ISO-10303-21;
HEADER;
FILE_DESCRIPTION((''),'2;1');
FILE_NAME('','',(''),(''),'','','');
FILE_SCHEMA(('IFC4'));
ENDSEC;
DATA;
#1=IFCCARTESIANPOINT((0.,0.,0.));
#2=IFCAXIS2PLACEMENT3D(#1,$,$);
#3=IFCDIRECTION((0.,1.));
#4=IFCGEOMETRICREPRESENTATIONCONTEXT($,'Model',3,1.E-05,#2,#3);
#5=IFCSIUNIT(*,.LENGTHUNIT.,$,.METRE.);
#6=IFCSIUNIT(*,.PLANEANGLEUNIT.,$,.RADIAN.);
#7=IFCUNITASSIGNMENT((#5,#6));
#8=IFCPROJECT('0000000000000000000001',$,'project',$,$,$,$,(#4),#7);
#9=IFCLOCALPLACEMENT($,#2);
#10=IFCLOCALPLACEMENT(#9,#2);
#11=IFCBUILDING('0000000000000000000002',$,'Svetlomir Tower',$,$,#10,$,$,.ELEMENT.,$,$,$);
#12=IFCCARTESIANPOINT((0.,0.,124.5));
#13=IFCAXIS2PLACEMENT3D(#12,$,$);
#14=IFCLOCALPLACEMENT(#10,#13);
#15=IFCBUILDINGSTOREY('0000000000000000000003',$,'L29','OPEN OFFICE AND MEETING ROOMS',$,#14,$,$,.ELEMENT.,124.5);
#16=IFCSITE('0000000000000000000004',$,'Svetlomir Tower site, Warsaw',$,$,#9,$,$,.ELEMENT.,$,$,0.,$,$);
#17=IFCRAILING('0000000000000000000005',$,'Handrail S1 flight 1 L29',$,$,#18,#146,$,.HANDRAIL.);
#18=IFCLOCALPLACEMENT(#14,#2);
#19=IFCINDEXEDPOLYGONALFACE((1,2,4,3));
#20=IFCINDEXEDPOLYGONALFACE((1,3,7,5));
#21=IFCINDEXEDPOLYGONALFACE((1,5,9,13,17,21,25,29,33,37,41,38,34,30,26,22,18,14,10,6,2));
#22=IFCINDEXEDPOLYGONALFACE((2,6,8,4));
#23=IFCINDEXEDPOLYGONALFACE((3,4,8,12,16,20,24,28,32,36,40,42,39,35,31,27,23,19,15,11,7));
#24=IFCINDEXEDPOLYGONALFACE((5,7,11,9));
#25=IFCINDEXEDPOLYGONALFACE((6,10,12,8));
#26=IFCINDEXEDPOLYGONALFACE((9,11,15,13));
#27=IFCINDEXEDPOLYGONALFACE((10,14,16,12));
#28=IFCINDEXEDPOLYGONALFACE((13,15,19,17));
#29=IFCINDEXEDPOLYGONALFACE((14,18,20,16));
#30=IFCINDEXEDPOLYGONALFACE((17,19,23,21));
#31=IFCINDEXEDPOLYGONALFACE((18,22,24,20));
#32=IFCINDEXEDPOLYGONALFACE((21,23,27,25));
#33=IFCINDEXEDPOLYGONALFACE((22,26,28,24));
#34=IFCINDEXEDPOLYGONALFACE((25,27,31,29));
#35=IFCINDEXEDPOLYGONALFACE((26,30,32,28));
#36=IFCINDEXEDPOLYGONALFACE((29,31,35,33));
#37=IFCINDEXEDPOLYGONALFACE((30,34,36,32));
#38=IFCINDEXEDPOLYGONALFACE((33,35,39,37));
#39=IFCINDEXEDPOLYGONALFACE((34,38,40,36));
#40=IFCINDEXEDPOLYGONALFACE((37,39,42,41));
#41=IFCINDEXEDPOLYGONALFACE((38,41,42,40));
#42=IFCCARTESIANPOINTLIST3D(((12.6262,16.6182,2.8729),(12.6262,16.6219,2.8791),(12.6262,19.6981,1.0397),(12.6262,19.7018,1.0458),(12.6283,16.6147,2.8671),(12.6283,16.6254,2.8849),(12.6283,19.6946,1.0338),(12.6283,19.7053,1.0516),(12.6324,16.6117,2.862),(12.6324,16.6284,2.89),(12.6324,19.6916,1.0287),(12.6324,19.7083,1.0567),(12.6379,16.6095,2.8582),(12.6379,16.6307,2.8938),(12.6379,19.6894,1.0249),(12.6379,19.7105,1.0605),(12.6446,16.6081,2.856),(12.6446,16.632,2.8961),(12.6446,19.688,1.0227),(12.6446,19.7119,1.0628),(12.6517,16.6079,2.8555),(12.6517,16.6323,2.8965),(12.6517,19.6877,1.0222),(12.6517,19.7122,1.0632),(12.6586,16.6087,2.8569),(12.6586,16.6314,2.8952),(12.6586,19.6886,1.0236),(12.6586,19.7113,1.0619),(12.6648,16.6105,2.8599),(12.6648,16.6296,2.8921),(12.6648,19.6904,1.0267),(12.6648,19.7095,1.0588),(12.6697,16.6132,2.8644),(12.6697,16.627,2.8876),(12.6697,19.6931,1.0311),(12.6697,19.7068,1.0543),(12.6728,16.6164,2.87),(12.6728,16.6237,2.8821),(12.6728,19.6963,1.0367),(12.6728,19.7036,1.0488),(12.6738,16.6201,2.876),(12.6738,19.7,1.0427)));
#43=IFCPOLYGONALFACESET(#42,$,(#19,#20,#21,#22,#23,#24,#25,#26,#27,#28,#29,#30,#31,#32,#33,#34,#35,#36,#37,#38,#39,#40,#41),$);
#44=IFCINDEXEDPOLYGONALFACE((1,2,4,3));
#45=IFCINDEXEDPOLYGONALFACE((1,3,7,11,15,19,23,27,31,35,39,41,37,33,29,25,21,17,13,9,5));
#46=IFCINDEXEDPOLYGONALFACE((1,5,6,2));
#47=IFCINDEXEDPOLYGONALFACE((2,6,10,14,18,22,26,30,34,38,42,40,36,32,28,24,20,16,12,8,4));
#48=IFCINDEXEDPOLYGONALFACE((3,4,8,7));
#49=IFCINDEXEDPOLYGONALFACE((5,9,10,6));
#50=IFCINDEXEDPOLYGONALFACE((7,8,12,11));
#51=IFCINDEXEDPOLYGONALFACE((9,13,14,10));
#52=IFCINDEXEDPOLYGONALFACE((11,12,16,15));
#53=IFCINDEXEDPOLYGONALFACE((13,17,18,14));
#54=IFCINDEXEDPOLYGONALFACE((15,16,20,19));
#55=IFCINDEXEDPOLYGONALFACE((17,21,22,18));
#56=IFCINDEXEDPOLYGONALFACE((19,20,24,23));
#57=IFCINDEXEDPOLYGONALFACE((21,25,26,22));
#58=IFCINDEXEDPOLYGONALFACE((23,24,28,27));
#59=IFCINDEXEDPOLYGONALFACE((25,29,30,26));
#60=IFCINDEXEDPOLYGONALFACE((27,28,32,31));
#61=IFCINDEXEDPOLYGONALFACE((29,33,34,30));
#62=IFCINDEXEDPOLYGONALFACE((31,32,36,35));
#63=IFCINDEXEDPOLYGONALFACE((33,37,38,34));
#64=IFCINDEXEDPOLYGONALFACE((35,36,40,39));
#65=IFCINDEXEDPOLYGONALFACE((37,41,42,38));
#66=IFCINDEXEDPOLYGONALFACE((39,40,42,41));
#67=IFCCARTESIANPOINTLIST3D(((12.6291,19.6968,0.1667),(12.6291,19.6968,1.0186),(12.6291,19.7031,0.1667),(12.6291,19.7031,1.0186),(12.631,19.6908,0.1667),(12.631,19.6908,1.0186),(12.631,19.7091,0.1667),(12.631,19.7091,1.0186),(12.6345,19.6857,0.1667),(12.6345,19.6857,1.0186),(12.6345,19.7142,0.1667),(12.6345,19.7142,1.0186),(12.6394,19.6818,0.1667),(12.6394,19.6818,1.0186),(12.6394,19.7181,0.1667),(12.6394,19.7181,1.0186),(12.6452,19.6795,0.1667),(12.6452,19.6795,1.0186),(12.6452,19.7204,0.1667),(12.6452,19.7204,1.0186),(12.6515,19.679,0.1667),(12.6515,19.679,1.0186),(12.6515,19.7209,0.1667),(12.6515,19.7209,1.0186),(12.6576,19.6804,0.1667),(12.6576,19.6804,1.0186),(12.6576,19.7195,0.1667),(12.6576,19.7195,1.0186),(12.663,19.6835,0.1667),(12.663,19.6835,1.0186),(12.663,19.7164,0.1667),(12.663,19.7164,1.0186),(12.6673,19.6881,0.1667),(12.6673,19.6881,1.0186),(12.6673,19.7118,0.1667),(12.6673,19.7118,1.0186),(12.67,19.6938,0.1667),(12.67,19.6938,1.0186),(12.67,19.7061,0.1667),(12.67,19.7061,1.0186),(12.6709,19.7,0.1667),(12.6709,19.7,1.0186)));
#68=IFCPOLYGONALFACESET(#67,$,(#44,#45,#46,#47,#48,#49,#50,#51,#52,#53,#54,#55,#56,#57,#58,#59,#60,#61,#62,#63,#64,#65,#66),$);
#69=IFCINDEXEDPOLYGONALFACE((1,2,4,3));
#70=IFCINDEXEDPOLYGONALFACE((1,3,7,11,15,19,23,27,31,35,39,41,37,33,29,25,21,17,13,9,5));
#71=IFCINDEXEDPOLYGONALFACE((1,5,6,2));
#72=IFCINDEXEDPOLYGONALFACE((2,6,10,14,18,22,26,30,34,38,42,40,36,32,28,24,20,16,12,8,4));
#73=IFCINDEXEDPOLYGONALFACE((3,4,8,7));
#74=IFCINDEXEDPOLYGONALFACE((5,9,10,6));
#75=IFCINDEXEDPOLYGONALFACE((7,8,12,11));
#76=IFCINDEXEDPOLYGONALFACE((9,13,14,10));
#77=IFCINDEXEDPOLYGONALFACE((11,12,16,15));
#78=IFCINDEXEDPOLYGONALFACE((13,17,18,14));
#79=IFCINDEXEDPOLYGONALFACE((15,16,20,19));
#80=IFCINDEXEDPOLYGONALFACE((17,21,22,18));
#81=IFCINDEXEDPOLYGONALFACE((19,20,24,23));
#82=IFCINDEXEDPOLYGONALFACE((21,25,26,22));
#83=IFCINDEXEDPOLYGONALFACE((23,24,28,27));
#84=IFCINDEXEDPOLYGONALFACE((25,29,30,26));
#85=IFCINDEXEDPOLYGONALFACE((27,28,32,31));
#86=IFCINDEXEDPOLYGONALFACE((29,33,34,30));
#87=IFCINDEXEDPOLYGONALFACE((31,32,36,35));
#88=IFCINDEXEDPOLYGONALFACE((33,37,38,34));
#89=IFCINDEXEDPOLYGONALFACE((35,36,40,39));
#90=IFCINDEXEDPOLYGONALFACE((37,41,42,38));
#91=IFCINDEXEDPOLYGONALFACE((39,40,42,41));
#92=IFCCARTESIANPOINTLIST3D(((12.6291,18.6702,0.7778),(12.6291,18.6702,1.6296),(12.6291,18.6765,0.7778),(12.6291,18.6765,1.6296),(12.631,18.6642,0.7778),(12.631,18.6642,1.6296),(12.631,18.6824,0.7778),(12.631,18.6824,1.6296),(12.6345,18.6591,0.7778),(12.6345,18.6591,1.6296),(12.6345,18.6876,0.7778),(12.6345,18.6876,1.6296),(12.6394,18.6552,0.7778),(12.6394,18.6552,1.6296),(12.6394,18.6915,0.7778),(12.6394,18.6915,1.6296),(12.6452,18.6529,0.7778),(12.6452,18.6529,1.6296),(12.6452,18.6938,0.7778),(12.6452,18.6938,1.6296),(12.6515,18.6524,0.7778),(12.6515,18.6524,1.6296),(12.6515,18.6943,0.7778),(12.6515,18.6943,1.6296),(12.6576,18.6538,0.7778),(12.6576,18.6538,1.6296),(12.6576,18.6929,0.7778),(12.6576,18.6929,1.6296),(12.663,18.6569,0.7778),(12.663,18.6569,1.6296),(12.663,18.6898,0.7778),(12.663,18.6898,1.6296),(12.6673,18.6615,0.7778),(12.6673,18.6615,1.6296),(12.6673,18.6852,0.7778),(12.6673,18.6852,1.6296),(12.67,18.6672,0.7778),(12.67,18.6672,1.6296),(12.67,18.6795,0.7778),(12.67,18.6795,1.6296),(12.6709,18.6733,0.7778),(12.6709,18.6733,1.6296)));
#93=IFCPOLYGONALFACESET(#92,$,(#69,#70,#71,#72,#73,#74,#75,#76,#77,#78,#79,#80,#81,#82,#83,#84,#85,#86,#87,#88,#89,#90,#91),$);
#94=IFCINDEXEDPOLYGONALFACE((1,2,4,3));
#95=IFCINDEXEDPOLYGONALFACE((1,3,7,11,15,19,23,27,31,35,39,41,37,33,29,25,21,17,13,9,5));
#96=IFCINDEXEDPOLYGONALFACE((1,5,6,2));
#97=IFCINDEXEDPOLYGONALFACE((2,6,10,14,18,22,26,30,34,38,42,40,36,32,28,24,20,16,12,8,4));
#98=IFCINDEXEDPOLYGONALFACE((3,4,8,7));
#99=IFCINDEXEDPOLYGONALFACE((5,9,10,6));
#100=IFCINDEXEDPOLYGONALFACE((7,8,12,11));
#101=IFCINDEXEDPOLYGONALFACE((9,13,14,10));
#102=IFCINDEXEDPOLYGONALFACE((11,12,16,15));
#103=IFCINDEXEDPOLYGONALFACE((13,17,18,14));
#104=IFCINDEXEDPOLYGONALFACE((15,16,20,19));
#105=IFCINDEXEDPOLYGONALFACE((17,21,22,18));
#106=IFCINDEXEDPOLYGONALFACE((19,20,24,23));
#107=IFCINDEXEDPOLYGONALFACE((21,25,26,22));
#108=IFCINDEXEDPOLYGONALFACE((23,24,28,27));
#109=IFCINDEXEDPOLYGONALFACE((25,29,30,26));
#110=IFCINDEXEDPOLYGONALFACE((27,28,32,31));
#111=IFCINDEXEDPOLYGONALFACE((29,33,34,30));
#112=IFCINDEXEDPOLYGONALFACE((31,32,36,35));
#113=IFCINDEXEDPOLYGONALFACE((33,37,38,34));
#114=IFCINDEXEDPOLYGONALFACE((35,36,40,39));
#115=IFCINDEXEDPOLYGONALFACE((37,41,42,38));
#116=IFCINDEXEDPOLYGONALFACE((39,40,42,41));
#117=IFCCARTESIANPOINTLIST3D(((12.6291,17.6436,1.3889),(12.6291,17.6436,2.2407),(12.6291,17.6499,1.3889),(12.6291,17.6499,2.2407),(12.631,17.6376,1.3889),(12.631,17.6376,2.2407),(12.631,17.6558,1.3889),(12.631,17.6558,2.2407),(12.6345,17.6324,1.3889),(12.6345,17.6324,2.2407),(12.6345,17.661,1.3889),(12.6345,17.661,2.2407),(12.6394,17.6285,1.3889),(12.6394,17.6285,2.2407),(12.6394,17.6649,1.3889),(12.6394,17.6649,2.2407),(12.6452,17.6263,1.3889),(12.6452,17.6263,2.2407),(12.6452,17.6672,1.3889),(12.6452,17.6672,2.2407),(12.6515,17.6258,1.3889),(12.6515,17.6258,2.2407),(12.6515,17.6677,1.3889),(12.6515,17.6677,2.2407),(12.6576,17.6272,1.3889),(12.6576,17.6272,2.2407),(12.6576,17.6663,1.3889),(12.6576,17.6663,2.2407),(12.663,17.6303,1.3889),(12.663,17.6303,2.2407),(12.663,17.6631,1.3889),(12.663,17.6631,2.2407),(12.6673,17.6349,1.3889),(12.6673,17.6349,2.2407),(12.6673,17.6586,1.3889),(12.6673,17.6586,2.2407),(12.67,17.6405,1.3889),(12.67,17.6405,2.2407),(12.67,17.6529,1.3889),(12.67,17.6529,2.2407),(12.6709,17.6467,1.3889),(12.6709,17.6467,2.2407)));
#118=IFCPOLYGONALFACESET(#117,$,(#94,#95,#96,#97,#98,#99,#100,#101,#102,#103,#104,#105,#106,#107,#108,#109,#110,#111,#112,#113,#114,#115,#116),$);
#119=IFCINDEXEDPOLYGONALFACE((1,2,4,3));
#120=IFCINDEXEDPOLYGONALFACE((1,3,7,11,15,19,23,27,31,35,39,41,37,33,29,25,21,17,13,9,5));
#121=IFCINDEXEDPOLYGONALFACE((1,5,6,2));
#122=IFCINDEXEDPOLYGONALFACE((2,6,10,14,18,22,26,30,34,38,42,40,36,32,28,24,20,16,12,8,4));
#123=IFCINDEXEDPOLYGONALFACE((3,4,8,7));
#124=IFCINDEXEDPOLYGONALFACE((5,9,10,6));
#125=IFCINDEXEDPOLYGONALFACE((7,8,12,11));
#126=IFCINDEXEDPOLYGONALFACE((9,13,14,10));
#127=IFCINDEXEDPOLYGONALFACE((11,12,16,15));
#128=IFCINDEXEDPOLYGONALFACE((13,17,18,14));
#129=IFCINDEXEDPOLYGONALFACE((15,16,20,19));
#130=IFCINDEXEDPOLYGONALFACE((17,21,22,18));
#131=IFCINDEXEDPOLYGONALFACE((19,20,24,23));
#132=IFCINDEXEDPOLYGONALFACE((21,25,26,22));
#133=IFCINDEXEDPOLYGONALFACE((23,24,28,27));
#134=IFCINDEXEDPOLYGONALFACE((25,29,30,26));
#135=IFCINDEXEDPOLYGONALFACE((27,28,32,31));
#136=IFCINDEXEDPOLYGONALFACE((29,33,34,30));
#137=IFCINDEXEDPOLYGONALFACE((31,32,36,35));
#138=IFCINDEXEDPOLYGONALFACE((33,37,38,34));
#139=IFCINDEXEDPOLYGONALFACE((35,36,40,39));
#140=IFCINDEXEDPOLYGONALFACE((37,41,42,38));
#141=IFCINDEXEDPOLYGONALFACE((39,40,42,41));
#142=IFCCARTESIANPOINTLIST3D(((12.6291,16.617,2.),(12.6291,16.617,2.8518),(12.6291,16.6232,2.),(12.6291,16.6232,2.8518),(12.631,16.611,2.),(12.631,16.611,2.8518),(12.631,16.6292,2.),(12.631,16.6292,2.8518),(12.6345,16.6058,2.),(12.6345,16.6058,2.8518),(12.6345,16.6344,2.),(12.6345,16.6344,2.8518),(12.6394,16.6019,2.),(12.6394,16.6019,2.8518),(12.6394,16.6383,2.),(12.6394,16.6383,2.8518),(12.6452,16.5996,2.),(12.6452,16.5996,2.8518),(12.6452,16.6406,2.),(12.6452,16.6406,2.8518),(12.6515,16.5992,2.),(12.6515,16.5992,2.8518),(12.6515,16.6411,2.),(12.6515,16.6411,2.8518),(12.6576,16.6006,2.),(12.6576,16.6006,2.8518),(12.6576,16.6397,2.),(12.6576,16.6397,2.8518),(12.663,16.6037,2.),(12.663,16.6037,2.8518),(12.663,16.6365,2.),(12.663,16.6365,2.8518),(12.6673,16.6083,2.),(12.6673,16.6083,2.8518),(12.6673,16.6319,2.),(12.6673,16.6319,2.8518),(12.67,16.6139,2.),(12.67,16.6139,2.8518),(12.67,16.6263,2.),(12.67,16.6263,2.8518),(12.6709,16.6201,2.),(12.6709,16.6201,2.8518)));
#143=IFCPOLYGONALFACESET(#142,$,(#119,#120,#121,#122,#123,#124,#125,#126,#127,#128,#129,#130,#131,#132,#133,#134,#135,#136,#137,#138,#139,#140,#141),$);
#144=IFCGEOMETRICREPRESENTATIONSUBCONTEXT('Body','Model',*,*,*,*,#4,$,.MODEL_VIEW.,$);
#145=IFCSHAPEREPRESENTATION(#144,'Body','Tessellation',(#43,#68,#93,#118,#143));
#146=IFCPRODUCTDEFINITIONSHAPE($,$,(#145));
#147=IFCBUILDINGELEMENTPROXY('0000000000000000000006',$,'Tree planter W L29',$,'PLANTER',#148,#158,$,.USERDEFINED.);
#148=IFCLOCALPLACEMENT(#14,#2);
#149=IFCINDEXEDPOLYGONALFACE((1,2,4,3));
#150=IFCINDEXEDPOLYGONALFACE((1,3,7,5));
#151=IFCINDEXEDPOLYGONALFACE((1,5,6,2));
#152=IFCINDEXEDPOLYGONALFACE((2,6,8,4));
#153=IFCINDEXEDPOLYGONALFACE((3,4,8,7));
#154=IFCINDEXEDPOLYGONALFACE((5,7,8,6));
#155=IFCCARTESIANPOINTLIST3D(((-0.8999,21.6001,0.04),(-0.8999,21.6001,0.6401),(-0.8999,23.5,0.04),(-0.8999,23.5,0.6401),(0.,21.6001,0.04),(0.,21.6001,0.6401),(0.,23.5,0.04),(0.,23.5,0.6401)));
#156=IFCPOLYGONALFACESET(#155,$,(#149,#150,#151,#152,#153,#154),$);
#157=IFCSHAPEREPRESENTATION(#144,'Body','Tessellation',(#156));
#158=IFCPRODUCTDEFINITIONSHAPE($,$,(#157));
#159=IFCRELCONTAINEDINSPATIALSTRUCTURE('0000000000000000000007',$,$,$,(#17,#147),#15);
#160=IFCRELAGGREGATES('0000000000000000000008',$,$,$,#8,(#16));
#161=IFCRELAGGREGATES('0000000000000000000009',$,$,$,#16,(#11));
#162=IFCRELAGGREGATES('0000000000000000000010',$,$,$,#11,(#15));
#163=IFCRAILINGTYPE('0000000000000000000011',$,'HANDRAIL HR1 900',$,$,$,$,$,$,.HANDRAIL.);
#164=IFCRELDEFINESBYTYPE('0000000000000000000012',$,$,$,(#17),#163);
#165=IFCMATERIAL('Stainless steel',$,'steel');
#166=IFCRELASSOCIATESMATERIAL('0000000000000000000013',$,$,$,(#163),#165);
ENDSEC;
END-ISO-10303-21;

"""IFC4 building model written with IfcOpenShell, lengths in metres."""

from ifc_helpers import new_model, si_unit, direction, frame, origin, origin_2d, place, context, subcontext, project, spatial, rectangle, circle, extrude, material, type_object, element, save


model = new_model("IFC4")

# Units and contexts
model_context = context("Model", 3, precision=1e-05, world=origin(), true_north=direction((0.0, 1.0)))
body_context = subcontext(model_context, "Body", "Model", "MODEL_VIEW")
ifc_project = project(units=[si_unit("LENGTHUNIT", "METRE"), si_unit("PLANEANGLEUNIT", "RADIAN")], contexts=[model_context])

# Site, building, storey
site_placement = place(None, origin())
site = spatial("IfcSite", under=ifc_project, at=site_placement, Name="Svetlomir Tower site, Warsaw", CompositionType="ELEMENT", RefElevation=0.0)
building_placement = place(site_placement, origin())
building = spatial("IfcBuilding", under=site, at=building_placement, Name="Svetlomir Tower", CompositionType="ELEMENT")
storey_placement = place(building_placement, frame((0.0, 0.0, 124.5)))
storey = spatial("IfcBuildingStorey", under=building, at=storey_placement, Name="L29", Description="OPEN OFFICE AND MEETING ROOMS", CompositionType="ELEMENT", Elevation=124.5)

# Railing
ifc_material_1 = material(Name="Stainless steel", Category="steel")
railing_type_1 = type_object("IfcRailingType", Name="HANDRAIL HR1 900", PredefinedType="HANDRAIL", material=ifc_material_1)
railing_1_placement = place(storey_placement, frame((12.6499, 19.7, 0.1667)))
element("IfcRailing", 1, at=railing_1_placement, inside=storey, type_object=railing_type_1, Name="Handrail S1 flight 1 L29", PredefinedType="HANDRAIL", context=body_context, shape_type="SweptSolid", body=[
    extrude(circle(Radius=0.0239, at=origin_2d()), frame((0.0, 0.0, 0.876), z_axis=(0.0, -0.859291, 0.511487), x_axis=(1.0, 0.0, 0.0)), (0.0, 0.0, 1.0), 3.5842),
    extrude(circle(Radius=0.021, at=origin_2d()), origin(), (0.0, 0.0, 1.0), 0.8518),
    extrude(circle(Radius=0.021, at=origin_2d()), frame((0.0, -1.0266, 0.6111)), (0.0, 0.0, 1.0), 0.8518),
    extrude(circle(Radius=0.021, at=origin_2d()), frame((0.0, -2.0532, 1.2222)), (0.0, 0.0, 1.0), 0.8518),
    extrude(circle(Radius=0.021, at=origin_2d()), frame((0.0, -3.0798, 1.8333)), (0.0, 0.0, 1.0), 0.8518),
])

# Building element proxy
proxy_placement = place(storey_placement, frame((-0.45, 22.55, 0.04), z_axis=(0.0, 0.0, 1.0), x_axis=(1.0, 0.0, 0.0)))
element("IfcBuildingElementProxy", 2, at=proxy_placement, inside=storey, Name="Tree planter W L29", ObjectType="PLANTER", PredefinedType="USERDEFINED", context=body_context, shape_type="SweptSolid", body=[
    extrude(rectangle(XDim=0.8999, YDim=1.8999, at=origin_2d()), origin(), (0.0, 0.0, 1.0), 0.6001),
])

save(model, "model.ifc")
